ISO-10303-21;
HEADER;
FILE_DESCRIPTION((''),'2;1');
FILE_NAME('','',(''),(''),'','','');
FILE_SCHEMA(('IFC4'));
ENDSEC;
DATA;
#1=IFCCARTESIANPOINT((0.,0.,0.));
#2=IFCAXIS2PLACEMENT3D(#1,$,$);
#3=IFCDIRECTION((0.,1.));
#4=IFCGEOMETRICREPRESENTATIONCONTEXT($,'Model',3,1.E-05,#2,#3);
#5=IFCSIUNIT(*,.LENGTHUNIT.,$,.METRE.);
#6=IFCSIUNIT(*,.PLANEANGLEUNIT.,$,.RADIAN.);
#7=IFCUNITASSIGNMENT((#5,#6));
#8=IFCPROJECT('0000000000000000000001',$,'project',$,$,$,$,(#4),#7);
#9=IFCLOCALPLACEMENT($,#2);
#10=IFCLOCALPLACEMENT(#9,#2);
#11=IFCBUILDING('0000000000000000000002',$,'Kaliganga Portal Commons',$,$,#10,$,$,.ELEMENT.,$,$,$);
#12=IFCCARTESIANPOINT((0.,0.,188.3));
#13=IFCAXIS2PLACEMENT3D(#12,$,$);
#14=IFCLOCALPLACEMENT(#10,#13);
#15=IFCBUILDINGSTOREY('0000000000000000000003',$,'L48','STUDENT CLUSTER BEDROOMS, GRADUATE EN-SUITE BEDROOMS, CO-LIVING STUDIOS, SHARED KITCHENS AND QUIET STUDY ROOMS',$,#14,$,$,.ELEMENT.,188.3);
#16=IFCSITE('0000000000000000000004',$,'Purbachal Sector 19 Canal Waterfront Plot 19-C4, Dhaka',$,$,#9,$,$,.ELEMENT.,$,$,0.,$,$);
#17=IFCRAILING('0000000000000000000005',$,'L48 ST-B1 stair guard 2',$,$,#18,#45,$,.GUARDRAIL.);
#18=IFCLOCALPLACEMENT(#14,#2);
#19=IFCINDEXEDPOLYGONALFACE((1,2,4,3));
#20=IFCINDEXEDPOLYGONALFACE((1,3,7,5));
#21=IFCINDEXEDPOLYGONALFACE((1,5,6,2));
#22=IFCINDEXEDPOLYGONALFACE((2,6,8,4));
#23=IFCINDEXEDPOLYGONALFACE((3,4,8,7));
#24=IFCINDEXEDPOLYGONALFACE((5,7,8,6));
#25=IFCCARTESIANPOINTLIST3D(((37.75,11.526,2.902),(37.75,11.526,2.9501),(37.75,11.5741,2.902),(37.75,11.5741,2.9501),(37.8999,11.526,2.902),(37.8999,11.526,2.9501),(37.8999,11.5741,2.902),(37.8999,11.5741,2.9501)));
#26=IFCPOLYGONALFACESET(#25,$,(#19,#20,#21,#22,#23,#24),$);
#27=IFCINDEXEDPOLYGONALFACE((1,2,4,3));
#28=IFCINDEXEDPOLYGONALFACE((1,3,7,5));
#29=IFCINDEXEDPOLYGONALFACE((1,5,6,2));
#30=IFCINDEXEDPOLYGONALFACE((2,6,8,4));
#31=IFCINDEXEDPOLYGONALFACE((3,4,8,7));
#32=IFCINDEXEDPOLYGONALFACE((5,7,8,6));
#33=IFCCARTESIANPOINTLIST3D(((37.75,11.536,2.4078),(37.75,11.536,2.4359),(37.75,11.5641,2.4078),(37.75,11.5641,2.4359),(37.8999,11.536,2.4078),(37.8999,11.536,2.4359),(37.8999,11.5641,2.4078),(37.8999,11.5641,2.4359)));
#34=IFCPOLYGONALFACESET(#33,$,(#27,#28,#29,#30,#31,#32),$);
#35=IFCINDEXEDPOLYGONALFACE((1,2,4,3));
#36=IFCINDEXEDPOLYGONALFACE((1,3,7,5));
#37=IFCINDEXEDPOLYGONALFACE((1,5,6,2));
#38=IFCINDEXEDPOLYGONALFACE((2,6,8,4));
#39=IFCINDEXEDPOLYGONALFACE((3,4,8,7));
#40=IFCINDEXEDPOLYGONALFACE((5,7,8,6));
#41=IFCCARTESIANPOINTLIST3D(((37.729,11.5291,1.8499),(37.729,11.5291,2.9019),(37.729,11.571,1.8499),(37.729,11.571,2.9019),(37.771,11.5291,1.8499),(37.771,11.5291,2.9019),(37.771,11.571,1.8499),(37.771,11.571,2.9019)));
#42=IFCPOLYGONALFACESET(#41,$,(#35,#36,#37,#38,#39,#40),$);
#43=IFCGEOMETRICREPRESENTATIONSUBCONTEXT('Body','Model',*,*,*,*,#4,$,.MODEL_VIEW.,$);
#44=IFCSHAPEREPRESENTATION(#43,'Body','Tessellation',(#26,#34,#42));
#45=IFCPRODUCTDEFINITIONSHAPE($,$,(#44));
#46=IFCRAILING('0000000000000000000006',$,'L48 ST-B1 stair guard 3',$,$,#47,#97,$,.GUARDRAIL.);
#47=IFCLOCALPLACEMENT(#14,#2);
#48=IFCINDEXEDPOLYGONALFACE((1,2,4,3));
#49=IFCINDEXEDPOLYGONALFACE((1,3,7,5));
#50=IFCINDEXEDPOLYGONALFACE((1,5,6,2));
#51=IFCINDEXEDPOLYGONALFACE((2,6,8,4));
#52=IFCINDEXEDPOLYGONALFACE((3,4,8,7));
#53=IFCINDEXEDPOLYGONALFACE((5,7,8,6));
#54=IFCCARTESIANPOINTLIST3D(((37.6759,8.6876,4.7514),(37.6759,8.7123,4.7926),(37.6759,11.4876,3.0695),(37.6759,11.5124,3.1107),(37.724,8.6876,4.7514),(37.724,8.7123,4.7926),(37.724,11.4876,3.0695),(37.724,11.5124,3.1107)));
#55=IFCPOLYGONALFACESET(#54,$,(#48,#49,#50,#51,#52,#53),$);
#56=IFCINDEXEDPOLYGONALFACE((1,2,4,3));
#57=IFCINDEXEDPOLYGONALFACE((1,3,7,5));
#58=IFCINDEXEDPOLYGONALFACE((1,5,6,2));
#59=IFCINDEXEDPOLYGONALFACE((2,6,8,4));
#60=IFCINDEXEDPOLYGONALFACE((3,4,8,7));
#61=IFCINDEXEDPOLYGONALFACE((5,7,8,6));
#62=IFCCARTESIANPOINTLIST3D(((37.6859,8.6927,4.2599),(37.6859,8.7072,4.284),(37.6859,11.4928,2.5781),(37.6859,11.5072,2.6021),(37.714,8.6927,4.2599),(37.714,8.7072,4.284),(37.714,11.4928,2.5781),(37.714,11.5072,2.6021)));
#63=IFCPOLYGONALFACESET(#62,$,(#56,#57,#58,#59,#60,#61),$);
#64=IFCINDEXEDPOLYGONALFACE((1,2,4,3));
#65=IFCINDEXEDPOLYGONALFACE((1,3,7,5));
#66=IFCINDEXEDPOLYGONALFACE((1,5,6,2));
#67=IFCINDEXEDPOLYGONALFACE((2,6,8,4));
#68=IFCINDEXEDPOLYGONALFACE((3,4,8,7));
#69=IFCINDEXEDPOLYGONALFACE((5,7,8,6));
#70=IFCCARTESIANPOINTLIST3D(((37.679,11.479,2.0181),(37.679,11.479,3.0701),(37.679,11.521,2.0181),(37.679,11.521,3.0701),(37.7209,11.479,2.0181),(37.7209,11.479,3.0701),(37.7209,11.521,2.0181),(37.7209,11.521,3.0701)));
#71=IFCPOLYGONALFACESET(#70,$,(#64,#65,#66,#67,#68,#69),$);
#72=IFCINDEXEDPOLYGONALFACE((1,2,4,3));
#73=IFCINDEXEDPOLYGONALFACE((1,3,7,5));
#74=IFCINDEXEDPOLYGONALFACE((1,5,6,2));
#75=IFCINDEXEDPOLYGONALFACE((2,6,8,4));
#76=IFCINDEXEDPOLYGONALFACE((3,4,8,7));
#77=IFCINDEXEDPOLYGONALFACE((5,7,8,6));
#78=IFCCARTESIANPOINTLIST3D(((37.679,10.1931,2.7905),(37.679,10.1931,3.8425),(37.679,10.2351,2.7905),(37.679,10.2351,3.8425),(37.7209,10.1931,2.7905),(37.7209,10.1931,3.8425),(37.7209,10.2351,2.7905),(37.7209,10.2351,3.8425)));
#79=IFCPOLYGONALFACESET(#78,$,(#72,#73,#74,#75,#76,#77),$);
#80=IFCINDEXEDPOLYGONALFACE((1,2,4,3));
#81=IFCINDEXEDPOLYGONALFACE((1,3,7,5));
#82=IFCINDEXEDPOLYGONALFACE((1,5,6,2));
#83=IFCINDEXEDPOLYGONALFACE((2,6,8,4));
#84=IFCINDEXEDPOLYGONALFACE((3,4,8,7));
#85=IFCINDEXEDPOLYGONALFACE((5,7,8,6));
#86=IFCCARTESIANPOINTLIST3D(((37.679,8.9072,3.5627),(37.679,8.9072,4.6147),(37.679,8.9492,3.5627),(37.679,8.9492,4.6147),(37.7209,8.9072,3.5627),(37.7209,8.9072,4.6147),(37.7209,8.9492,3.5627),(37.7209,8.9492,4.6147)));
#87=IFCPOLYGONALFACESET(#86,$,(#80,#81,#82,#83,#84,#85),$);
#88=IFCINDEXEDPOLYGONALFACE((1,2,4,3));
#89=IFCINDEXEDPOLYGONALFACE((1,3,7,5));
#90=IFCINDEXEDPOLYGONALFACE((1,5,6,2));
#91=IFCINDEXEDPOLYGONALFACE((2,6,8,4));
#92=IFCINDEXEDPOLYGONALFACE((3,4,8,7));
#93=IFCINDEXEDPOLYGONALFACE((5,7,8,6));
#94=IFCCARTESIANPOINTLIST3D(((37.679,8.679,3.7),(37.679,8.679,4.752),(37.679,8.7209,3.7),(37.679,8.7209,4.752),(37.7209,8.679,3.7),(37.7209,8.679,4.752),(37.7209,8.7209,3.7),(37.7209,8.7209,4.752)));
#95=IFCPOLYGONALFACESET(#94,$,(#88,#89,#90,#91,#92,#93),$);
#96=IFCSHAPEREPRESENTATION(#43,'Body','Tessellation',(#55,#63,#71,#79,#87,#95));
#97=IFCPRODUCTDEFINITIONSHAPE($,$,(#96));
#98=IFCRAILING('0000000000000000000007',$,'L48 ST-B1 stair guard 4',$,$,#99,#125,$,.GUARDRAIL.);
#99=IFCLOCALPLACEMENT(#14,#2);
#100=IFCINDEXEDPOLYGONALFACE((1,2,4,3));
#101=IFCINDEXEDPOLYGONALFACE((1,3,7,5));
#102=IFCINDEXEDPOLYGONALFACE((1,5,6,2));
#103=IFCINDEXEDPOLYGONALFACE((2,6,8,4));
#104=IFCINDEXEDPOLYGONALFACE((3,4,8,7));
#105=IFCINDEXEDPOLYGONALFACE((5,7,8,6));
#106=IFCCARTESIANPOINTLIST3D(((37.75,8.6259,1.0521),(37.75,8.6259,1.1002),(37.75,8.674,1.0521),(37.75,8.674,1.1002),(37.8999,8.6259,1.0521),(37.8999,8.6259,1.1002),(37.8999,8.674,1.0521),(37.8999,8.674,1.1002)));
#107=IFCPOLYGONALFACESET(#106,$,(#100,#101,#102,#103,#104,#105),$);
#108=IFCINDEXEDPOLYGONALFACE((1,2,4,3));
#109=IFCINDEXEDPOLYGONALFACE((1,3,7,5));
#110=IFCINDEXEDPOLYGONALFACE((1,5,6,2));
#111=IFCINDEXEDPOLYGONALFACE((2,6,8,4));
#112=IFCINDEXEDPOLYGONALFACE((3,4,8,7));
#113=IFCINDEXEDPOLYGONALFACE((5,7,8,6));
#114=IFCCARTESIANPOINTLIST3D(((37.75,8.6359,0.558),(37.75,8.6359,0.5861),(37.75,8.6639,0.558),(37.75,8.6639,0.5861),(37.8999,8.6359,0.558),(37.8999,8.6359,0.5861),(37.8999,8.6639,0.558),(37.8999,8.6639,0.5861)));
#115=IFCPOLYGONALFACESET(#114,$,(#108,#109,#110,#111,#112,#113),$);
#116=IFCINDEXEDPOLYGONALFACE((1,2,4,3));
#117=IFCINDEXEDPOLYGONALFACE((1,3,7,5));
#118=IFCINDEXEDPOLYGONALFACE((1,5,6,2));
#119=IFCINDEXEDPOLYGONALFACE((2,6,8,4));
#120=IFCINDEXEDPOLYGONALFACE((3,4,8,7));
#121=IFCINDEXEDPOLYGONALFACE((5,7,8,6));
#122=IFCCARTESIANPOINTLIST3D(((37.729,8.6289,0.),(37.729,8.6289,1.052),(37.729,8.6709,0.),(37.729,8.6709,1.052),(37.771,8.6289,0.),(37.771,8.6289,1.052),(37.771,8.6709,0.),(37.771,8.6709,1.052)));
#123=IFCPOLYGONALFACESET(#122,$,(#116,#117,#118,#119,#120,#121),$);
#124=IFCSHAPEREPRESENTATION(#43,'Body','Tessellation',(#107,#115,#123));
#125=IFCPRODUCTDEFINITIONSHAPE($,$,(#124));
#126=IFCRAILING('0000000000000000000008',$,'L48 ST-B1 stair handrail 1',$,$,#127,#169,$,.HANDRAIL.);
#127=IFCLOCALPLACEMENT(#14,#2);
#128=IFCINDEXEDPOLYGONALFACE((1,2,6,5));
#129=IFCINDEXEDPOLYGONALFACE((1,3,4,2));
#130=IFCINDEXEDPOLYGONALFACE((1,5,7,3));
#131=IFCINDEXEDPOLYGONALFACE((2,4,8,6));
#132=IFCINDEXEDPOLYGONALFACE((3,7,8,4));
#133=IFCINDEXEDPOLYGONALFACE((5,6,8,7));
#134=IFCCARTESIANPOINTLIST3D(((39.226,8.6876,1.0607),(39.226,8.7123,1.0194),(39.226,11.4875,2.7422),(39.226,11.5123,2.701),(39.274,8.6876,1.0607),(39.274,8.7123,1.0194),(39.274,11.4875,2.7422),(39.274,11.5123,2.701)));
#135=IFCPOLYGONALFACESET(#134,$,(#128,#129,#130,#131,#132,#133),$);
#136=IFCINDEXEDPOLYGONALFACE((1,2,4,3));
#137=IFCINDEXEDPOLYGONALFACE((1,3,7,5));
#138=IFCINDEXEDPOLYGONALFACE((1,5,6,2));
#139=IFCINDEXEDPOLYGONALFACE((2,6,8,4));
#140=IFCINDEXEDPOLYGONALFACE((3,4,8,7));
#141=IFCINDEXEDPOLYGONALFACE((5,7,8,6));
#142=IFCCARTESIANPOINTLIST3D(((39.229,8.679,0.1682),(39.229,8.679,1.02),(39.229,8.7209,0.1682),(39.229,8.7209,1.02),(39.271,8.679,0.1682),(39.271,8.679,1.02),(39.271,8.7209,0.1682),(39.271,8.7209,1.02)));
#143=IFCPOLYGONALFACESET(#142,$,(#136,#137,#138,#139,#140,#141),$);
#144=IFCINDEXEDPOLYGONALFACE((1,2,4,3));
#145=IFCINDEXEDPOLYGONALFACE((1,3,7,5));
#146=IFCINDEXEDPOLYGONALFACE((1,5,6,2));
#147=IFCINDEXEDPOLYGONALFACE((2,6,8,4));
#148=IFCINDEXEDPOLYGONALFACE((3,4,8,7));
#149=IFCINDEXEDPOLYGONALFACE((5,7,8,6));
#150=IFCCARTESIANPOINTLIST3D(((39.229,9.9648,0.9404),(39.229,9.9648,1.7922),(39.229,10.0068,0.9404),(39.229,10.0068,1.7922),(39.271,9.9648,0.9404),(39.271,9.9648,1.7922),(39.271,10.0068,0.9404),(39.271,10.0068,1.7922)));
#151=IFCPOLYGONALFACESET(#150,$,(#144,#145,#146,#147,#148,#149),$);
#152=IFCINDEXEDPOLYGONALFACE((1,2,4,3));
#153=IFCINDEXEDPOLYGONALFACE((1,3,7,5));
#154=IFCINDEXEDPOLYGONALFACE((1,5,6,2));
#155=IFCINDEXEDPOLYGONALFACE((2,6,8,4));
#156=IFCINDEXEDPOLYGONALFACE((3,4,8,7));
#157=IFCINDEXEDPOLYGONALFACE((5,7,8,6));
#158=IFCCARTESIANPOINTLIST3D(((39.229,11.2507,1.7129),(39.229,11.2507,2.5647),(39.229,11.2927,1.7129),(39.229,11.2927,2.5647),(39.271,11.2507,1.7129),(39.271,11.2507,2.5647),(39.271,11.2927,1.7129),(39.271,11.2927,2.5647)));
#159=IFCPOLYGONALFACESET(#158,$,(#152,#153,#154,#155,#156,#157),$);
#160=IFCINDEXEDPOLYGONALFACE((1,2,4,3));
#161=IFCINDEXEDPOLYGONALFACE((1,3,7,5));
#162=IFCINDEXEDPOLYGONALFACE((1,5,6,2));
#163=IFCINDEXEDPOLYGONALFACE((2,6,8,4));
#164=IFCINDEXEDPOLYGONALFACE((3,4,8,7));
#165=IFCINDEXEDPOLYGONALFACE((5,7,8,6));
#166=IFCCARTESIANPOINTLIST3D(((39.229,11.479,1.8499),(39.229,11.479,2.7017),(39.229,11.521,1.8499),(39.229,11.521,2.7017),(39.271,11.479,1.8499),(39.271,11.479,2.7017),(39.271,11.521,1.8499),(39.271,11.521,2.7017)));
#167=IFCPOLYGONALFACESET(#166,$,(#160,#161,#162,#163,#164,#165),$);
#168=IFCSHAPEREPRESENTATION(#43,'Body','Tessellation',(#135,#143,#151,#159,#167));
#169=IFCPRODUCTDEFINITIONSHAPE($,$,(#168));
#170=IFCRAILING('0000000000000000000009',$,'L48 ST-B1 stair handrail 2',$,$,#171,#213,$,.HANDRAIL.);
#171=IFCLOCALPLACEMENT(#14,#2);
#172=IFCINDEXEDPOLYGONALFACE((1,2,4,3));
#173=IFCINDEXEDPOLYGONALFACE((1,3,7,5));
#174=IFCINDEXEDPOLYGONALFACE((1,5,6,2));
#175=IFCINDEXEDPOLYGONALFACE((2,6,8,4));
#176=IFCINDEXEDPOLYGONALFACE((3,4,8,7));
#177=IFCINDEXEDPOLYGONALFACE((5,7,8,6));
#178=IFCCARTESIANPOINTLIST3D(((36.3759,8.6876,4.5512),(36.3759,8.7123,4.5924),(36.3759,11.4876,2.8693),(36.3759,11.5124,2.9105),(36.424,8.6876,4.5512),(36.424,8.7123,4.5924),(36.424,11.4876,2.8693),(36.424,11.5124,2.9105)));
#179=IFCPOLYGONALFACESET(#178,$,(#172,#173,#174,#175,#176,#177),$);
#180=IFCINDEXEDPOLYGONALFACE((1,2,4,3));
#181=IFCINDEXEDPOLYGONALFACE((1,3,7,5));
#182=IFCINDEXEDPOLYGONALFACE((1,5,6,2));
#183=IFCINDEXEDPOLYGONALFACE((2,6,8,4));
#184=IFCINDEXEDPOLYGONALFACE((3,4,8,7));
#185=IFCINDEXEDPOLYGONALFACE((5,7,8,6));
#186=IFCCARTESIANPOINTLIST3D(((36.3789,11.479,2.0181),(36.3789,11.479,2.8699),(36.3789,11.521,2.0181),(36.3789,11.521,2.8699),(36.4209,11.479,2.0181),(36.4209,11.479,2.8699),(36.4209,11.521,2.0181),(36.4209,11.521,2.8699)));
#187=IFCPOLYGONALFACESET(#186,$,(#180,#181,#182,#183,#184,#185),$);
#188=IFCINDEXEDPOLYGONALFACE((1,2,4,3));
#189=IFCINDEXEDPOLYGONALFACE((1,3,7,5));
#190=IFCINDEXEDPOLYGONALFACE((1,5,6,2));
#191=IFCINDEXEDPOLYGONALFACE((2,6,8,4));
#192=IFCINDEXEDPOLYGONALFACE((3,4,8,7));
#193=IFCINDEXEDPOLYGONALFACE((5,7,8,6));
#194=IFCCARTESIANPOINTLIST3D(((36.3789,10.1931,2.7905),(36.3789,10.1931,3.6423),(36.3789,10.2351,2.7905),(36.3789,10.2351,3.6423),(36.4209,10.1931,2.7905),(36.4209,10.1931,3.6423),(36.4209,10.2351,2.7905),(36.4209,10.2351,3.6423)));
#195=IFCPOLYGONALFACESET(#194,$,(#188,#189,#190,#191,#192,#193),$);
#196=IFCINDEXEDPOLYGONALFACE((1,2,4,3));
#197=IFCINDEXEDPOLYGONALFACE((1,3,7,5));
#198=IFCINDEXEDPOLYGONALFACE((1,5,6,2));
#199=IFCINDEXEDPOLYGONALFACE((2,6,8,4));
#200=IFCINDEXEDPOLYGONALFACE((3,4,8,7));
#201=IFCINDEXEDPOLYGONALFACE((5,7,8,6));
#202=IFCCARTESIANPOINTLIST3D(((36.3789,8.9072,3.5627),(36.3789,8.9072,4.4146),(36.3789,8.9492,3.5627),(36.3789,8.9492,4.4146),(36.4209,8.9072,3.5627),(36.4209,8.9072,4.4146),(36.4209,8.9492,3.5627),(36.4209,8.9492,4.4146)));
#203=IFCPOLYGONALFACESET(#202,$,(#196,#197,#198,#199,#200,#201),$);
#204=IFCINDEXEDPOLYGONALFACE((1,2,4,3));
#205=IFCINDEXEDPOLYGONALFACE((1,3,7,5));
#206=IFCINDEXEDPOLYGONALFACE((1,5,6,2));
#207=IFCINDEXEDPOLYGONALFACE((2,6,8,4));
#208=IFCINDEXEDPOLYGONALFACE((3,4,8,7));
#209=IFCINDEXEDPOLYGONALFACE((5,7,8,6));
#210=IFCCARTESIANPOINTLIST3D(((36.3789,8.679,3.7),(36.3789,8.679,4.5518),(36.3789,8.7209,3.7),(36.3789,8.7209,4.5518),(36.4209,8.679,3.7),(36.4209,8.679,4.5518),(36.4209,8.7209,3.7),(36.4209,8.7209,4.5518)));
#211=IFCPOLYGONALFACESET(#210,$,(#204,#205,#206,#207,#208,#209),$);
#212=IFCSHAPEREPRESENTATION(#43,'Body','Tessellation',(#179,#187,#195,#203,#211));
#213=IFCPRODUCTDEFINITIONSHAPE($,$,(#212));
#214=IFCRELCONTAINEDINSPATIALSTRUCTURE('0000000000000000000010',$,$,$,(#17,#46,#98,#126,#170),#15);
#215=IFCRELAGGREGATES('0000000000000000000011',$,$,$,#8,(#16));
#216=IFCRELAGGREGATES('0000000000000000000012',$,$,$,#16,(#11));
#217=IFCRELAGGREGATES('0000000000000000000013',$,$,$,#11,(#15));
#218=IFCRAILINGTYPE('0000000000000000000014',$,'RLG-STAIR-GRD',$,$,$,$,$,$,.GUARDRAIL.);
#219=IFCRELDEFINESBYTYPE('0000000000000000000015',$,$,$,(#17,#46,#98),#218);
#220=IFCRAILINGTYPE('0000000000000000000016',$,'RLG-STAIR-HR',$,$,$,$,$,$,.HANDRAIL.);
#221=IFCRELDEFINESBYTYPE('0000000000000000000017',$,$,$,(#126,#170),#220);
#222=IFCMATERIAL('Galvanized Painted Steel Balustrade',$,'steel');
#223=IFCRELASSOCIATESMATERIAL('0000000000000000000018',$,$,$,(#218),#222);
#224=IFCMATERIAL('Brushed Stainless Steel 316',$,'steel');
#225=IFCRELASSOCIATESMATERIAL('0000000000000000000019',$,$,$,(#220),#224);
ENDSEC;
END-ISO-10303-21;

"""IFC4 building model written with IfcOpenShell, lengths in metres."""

from ifc_helpers import new_model, si_unit, direction, frame, origin, origin_2d, place, context, subcontext, project, spatial, rectangle, extrude, material, type_object, element, save


model = new_model("IFC4")

# Units and contexts
model_context = context("Model", 3, precision=1e-05, world=origin(), true_north=direction((0.0, 1.0)))
body_context = subcontext(model_context, "Body", "Model", "MODEL_VIEW")
ifc_project = project(units=[si_unit("LENGTHUNIT", "METRE"), si_unit("PLANEANGLEUNIT", "RADIAN")], contexts=[model_context])

# Site, building, storey
site_placement = place(None, origin())
site = spatial("IfcSite", under=ifc_project, at=site_placement, Name="Purbachal Sector 19 Canal Waterfront Plot 19-C4, Dhaka", CompositionType="ELEMENT", RefElevation=0.0)
building_placement = place(site_placement, origin())
building = spatial("IfcBuilding", under=site, at=building_placement, Name="Kaliganga Portal Commons", CompositionType="ELEMENT")
storey_placement = place(building_placement, frame((0.0, 0.0, 188.3)))
storey = spatial("IfcBuildingStorey", under=building, at=storey_placement, Name="L48", Description="STUDENT CLUSTER BEDROOMS, GRADUATE EN-SUITE BEDROOMS, CO-LIVING STUDIOS, SHARED KITCHENS AND QUIET STUDY ROOMS", CompositionType="ELEMENT", Elevation=188.3)

# Railings
ifc_material_1 = material(Name="Galvanized Painted Steel Balustrade", Category="steel")
railing_type_1 = type_object("IfcRailingType", Name="RLG-STAIR-GRD", PredefinedType="GUARDRAIL", material=ifc_material_1)
railing_1_placement = place(storey_placement, frame((37.8999, 11.55, 1.8499)))
element("IfcRailing", 1, at=railing_1_placement, inside=storey, type_object=railing_type_1, Name="L48 ST-B1 stair guard 2", PredefinedType="GUARDRAIL", context=body_context, shape_type="SweptSolid", body=[
    extrude(rectangle(XDim=0.0481, YDim=0.0481, at=origin_2d()), frame((0.0, 0.0, 1.0762), z_axis=(-1.0, 0.0, 0.0), x_axis=(0.0, -1.0, 0.0)), (0.0, 0.0, 1.0), 0.1499),
    extrude(rectangle(XDim=0.0281, YDim=0.0281, at=origin_2d()), frame((0.0, 0.0, 0.572), z_axis=(-1.0, 0.0, 0.0), x_axis=(0.0, -1.0, 0.0)), (0.0, 0.0, 1.0), 0.1499),
    extrude(rectangle(XDim=0.042, YDim=0.042, at=origin_2d()), frame((-0.1499, 0.0, 0.0)), (0.0, 0.0, 1.0), 1.052),
])
railing_2_placement = place(storey_placement, frame((37.7, 11.5, 2.0181)))
element("IfcRailing", 2, at=railing_2_placement, inside=storey, type_object=railing_type_1, Name="L48 ST-B1 stair guard 3", PredefinedType="GUARDRAIL", context=body_context, shape_type="SweptSolid", body=[
    extrude(rectangle(XDim=0.0481, YDim=0.0481, at=origin_2d()), frame((0.0, 0.0, 1.072), z_axis=(0.0, -0.857242, 0.514913), x_axis=(1.0, 0.0, 0.0)), (0.0, 0.0, 1.0), 3.2664),
    extrude(rectangle(XDim=0.0281, YDim=0.0281, at=origin_2d()), frame((0.0, 0.0, 0.572), z_axis=(0.0, -0.857242, 0.514913), x_axis=(1.0, 0.0, 0.0)), (0.0, 0.0, 1.0), 3.2664),
    extrude(rectangle(XDim=0.042, YDim=0.042, at=origin_2d()), origin(), (0.0, 0.0, 1.0), 1.052),
    extrude(rectangle(XDim=0.042, YDim=0.042, at=origin_2d()), frame((0.0, -1.2859, 0.7725)), (0.0, 0.0, 1.0), 1.052),
    extrude(rectangle(XDim=0.042, YDim=0.042, at=origin_2d()), frame((0.0, -2.5718, 1.5447)), (0.0, 0.0, 1.0), 1.052),
    extrude(rectangle(XDim=0.042, YDim=0.042, at=origin_2d()), frame((0.0, -2.8, 1.6819)), (0.0, 0.0, 1.0), 1.052),
])
railing_3_placement = place(storey_placement, frame((37.8999, 8.6499, 0.0)))
element("IfcRailing", 3, at=railing_3_placement, inside=storey, type_object=railing_type_1, Name="L48 ST-B1 stair guard 4", PredefinedType="GUARDRAIL", context=body_context, shape_type="SweptSolid", body=[
    extrude(rectangle(XDim=0.0481, YDim=0.0481, at=origin_2d()), frame((0.0, 0.0, 1.0762), z_axis=(-1.0, 0.0, 0.0), x_axis=(0.0, -1.0, 0.0)), (0.0, 0.0, 1.0), 0.1499),
    extrude(rectangle(XDim=0.0281, YDim=0.0281, at=origin_2d()), frame((0.0, 0.0, 0.572), z_axis=(-1.0, 0.0, 0.0), x_axis=(0.0, -1.0, 0.0)), (0.0, 0.0, 1.0), 0.1499),
    extrude(rectangle(XDim=0.042, YDim=0.042, at=origin_2d()), frame((-0.1499, 0.0, 0.0)), (0.0, 0.0, 1.0), 1.052),
])
ifc_material_2 = material(Name="Brushed Stainless Steel 316", Category="steel")
railing_type_2 = type_object("IfcRailingType", Name="RLG-STAIR-HR", PredefinedType="HANDRAIL", material=ifc_material_2)
railing_4_placement = place(storey_placement, frame((39.25, 8.7, 0.1682)))
element("IfcRailing", 4, at=railing_4_placement, inside=storey, type_object=railing_type_2, Name="L48 ST-B1 stair handrail 1", PredefinedType="HANDRAIL", context=body_context, shape_type="SweptSolid", body=[
    extrude(rectangle(XDim=0.0481, YDim=0.0481, at=origin_2d()), frame((0.0, 0.0, 0.8718), z_axis=(0.0, 0.857275, 0.514858), x_axis=(-1.0, 0.0, 0.0)), (0.0, 0.0, 1.0), 3.2661),
    extrude(rectangle(XDim=0.042, YDim=0.042, at=origin_2d()), origin(), (0.0, 0.0, 1.0), 0.8518),
    extrude(rectangle(XDim=0.042, YDim=0.042, at=origin_2d()), frame((0.0, 1.2859, 0.7722)), (0.0, 0.0, 1.0), 0.8518),
    extrude(rectangle(XDim=0.042, YDim=0.042, at=origin_2d()), frame((0.0, 2.5718, 1.5447)), (0.0, 0.0, 1.0), 0.8518),
    extrude(rectangle(XDim=0.042, YDim=0.042, at=origin_2d()), frame((0.0, 2.8, 1.6816)), (0.0, 0.0, 1.0), 0.8518),
])
railing_5_placement = place(storey_placement, frame((36.3999, 11.5, 2.0181)))
element("IfcRailing", 5, at=railing_5_placement, inside=storey, type_object=railing_type_2, Name="L48 ST-B1 stair handrail 2", PredefinedType="HANDRAIL", context=body_context, shape_type="SweptSolid", body=[
    extrude(rectangle(XDim=0.0481, YDim=0.0481, at=origin_2d()), frame((0.0, 0.0, 0.8718), z_axis=(0.0, -0.857242, 0.514913), x_axis=(1.0, 0.0, 0.0)), (0.0, 0.0, 1.0), 3.2664),
    extrude(rectangle(XDim=0.042, YDim=0.042, at=origin_2d()), origin(), (0.0, 0.0, 1.0), 0.8518),
    extrude(rectangle(XDim=0.042, YDim=0.042, at=origin_2d()), frame((0.0, -1.2859, 0.7725)), (0.0, 0.0, 1.0), 0.8518),
    extrude(rectangle(XDim=0.042, YDim=0.042, at=origin_2d()), frame((0.0, -2.5718, 1.5447)), (0.0, 0.0, 1.0), 0.8518),
    extrude(rectangle(XDim=0.042, YDim=0.042, at=origin_2d()), frame((0.0, -2.8, 1.6819)), (0.0, 0.0, 1.0), 0.8518),
])

save(model, "model.ifc")
